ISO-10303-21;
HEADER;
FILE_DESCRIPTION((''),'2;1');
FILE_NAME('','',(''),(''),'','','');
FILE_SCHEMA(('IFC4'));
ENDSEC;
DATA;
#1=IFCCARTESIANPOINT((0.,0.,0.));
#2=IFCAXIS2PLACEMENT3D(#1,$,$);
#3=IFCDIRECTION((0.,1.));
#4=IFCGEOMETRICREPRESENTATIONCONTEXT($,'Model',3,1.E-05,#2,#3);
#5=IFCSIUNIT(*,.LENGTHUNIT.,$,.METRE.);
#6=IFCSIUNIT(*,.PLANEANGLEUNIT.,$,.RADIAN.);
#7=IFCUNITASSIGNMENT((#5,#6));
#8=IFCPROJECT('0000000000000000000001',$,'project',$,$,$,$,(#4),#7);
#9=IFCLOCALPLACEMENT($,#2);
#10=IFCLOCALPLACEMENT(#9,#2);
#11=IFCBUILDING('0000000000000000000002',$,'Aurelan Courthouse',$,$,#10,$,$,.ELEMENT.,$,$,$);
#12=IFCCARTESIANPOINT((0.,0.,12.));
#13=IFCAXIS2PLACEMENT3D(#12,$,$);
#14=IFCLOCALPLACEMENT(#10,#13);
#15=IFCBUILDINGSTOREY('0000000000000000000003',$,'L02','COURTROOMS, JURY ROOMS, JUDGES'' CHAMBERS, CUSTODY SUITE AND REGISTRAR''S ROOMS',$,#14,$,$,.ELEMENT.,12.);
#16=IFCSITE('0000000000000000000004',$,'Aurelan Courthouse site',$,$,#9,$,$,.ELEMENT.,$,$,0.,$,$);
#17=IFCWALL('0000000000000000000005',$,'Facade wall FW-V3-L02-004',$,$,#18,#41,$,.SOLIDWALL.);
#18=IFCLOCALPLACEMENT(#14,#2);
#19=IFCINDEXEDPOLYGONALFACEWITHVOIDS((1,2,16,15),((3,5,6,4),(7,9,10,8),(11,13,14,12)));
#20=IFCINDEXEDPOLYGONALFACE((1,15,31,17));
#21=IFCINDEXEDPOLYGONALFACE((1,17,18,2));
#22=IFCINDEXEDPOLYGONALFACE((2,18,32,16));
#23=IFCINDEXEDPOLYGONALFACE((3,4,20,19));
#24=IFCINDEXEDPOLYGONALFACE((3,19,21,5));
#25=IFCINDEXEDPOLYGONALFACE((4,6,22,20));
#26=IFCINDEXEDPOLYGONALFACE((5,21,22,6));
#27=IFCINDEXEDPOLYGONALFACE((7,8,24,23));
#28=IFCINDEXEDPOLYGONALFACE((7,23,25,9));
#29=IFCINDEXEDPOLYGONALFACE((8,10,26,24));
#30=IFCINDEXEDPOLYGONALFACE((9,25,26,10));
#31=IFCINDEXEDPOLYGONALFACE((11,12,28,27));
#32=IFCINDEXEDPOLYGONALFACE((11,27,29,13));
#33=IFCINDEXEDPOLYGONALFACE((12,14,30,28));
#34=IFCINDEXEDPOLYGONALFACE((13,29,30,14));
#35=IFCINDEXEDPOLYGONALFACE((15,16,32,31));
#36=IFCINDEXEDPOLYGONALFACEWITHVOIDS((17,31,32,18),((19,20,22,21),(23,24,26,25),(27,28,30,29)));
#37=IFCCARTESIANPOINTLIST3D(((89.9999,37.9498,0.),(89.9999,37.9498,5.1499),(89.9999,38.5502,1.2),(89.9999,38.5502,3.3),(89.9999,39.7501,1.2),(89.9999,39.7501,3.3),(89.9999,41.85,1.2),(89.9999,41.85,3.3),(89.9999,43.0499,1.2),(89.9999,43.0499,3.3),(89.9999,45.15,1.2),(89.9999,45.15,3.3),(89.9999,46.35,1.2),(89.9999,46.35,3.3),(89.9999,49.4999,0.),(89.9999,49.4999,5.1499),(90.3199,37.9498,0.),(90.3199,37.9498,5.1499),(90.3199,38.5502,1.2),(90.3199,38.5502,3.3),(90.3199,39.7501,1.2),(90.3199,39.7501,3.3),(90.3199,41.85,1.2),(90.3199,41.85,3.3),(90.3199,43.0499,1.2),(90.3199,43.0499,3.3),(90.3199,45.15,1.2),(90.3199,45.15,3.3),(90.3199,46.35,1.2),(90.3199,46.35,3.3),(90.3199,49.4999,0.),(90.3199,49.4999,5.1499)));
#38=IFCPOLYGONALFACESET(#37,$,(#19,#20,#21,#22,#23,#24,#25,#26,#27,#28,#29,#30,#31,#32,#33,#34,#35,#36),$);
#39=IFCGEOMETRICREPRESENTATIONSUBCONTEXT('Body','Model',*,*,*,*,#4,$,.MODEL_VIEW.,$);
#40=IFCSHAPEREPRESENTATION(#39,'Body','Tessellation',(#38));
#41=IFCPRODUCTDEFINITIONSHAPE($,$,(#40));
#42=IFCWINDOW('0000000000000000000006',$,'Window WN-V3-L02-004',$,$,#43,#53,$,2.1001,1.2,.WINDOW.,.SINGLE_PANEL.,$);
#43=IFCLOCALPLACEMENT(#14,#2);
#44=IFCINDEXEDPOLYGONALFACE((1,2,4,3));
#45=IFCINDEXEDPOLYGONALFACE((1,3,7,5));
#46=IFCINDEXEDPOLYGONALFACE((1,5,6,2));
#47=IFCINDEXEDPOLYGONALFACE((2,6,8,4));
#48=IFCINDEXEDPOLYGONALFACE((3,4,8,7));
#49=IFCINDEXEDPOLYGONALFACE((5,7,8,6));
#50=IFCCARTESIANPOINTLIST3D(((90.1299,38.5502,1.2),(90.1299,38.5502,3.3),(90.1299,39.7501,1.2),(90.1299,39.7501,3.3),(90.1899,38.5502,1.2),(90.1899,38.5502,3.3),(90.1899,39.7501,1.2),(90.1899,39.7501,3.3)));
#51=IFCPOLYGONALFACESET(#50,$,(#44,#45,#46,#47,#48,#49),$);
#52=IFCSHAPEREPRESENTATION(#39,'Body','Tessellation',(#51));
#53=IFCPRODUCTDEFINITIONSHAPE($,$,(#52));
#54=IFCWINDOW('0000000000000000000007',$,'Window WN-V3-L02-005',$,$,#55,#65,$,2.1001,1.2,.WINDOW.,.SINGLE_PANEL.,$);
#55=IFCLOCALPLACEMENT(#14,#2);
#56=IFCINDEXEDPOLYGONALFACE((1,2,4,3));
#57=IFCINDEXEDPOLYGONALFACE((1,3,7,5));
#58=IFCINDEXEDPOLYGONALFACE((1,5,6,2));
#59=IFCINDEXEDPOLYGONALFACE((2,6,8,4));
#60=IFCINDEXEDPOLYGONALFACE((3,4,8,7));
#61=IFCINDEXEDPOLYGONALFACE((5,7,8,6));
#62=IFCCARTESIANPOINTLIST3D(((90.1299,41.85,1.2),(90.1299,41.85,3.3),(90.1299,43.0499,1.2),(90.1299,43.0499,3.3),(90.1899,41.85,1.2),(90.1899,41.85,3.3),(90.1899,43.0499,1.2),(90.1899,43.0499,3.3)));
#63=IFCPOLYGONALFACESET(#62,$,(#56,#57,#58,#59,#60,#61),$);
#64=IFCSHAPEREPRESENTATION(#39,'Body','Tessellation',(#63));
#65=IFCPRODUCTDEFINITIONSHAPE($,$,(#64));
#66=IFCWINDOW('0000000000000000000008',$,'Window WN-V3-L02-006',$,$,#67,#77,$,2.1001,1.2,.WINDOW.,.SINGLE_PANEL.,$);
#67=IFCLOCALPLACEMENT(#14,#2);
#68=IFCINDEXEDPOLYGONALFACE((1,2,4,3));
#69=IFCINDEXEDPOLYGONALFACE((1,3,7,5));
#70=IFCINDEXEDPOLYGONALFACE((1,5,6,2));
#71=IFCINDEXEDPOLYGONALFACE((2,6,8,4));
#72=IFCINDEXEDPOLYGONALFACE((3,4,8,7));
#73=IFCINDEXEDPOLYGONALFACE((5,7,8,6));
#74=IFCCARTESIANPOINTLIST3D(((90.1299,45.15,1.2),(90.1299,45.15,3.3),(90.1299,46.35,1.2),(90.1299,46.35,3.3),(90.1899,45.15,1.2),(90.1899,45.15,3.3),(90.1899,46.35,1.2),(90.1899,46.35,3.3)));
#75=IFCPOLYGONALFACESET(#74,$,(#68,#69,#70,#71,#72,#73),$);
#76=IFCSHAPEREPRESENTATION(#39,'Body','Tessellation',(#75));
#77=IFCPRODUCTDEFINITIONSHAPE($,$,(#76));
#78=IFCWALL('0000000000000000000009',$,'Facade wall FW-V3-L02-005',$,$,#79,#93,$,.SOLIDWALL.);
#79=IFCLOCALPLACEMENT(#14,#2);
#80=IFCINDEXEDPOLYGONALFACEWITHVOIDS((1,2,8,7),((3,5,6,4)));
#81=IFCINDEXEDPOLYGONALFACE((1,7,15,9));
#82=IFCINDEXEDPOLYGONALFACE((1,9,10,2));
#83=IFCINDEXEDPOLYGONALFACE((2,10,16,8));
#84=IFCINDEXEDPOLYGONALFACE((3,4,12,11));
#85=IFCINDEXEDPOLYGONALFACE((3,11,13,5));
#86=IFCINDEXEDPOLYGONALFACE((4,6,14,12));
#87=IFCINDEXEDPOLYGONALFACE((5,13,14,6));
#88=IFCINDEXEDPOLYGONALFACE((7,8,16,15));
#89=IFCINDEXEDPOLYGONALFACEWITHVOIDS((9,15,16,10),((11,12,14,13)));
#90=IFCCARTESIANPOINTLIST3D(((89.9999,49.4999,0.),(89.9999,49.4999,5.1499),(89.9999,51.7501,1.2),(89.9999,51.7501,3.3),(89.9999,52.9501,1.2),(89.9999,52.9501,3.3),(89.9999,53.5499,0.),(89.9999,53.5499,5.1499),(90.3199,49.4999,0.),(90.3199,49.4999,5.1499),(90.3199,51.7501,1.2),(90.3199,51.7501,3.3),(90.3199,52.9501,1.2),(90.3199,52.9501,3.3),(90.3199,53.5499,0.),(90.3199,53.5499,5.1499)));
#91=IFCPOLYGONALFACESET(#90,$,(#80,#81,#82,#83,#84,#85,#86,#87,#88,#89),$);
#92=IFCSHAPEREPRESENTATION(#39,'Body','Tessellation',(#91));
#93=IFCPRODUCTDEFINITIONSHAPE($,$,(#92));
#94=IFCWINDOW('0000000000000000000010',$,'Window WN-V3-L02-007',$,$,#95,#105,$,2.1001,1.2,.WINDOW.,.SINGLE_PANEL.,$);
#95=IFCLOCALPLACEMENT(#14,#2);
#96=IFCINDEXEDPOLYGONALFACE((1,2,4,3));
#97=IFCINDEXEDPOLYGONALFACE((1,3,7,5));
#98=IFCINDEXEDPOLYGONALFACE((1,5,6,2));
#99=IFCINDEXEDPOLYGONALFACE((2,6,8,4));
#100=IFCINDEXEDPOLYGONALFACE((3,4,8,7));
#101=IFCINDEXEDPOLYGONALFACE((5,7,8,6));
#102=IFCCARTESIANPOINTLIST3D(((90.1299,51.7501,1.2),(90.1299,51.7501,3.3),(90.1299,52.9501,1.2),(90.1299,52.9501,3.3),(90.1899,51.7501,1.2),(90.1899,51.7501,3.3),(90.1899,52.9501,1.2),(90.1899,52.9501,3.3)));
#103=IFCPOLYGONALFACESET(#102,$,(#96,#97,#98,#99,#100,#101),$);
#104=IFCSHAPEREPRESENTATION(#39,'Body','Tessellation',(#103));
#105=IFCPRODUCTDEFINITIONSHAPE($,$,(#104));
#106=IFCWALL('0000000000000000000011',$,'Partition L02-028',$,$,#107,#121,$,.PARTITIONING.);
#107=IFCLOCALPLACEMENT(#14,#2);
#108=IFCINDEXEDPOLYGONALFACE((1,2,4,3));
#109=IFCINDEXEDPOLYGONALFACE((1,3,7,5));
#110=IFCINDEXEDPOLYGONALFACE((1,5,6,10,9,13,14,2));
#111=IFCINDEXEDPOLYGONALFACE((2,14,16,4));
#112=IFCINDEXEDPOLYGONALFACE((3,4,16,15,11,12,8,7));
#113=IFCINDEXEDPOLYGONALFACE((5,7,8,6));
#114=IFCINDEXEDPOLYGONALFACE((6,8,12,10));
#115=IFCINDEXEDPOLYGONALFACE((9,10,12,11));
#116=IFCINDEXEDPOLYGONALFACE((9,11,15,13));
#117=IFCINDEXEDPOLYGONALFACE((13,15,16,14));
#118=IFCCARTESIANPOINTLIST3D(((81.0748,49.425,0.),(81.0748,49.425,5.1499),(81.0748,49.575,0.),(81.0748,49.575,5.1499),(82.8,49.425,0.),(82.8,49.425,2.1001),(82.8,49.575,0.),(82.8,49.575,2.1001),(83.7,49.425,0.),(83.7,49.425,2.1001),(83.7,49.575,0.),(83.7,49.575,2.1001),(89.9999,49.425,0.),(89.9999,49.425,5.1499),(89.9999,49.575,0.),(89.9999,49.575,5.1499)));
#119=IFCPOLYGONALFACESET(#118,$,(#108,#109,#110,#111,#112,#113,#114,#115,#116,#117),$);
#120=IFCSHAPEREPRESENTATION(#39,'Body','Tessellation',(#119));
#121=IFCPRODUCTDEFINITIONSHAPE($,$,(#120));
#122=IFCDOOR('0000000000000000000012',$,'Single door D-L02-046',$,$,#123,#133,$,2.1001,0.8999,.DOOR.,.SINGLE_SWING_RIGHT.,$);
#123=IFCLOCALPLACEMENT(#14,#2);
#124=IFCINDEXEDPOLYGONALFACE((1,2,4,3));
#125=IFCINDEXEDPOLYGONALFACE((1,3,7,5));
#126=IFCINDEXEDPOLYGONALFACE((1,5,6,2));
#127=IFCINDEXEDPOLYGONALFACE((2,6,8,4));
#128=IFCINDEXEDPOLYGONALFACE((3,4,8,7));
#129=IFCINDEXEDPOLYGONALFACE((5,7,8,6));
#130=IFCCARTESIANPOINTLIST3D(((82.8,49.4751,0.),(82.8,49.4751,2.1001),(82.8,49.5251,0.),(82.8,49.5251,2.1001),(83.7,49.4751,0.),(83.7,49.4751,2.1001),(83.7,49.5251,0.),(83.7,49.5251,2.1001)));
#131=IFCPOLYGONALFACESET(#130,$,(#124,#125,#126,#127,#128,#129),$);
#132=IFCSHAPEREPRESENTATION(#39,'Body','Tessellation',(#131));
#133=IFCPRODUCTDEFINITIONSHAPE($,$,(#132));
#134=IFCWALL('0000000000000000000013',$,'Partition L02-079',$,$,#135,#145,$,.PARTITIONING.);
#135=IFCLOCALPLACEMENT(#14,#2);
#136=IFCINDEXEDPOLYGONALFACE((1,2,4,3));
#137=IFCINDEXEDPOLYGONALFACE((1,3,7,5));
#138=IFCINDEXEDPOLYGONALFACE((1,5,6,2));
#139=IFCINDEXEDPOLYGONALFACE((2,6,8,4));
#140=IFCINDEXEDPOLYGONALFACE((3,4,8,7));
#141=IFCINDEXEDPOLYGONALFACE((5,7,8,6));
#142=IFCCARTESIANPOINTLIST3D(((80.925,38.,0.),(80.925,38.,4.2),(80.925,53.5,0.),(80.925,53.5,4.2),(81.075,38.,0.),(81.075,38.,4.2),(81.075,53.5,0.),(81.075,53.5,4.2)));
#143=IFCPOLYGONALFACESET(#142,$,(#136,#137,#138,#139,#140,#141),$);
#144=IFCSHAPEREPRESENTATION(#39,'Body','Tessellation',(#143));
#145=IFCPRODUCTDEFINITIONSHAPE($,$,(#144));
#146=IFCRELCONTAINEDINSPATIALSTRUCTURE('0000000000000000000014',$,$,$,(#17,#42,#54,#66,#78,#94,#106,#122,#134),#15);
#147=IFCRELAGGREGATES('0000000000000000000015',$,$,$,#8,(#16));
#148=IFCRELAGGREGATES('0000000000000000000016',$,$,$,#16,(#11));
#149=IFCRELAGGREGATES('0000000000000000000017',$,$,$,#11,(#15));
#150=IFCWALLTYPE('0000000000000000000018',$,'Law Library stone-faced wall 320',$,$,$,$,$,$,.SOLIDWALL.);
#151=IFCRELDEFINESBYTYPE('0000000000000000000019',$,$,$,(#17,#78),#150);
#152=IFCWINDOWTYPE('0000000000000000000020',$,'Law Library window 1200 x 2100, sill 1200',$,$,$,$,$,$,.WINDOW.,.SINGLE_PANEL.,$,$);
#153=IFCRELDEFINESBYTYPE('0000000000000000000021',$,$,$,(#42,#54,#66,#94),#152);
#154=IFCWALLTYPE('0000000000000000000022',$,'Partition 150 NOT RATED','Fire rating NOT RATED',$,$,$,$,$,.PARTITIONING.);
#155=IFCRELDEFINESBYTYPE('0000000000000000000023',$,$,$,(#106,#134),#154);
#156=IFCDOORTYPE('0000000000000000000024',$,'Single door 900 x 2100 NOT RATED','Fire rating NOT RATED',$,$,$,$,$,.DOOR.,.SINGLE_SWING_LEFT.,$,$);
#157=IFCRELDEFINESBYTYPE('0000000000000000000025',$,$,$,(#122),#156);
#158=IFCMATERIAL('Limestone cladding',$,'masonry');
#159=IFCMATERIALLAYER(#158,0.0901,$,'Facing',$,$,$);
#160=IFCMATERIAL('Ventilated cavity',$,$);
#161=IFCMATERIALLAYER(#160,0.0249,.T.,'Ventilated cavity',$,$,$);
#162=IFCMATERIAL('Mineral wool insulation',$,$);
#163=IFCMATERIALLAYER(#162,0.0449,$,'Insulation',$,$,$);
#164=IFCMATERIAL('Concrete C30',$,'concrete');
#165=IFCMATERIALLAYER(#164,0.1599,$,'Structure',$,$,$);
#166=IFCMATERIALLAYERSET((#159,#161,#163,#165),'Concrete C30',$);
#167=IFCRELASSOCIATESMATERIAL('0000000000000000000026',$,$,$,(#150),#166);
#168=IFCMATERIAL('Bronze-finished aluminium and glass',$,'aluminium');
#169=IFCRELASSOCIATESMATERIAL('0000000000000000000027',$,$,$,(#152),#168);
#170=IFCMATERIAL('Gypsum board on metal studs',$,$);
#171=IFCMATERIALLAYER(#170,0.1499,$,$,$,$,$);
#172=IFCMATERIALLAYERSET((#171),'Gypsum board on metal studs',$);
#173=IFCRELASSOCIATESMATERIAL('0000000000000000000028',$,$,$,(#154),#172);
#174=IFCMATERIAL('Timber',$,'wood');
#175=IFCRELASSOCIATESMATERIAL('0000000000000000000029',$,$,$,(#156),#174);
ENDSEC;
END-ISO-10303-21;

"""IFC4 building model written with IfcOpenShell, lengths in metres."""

from ifc_helpers import new_model, si_unit, direction, frame, frame_2d, origin, place, context, subcontext, project, spatial, rectangle, extrude, material, layer, layer_set, type_object, element, fill, save


model = new_model("IFC4")

# Units and contexts
model_context = context("Model", 3, precision=1e-05, world=origin(), true_north=direction((0.0, 1.0)))
body_context = subcontext(model_context, "Body", "Model", "MODEL_VIEW")
ifc_project = project(units=[si_unit("LENGTHUNIT", "METRE"), si_unit("PLANEANGLEUNIT", "RADIAN")], contexts=[model_context])

# Site, building, storey
site_placement = place(None, origin())
site = spatial("IfcSite", under=ifc_project, at=site_placement, Name="Aurelan Courthouse site", CompositionType="ELEMENT", RefElevation=0.0)
building_placement = place(site_placement, origin())
building = spatial("IfcBuilding", under=site, at=building_placement, Name="Aurelan Courthouse", CompositionType="ELEMENT")
storey_placement = place(building_placement, frame((0.0, 0.0, 12.0)))
storey = spatial("IfcBuildingStorey", under=building, at=storey_placement, Name="L02", Description="COURTROOMS, JURY ROOMS, JUDGES' CHAMBERS, CUSTODY SUITE AND REGISTRAR'S ROOMS", CompositionType="ELEMENT", Elevation=12.0)

# Shared definitions
ifc_material_1 = material(Name="Bronze-finished aluminium and glass", Category="aluminium")

# Shared definitions
ifc_material_2 = material(Name="Gypsum board on metal studs")

# Wall, openings, windows
ifc_material_3 = material(Name="Limestone cladding", Category="masonry")
ifc_layer_1 = layer(ifc_material_3, 0.0901, Name="Facing")
ifc_material_4 = material(Name="Ventilated cavity")
ifc_layer_2 = layer(ifc_material_4, 0.0249, ventilated=True, Name="Ventilated cavity")
ifc_material_5 = material(Name="Mineral wool insulation")
ifc_layer_3 = layer(ifc_material_5, 0.0449, Name="Insulation")
ifc_material_6 = material(Name="Concrete C30", Category="concrete")
ifc_layer_4 = layer(ifc_material_6, 0.1599, Name="Structure")
ifc_layer_set_1 = layer_set([ifc_layer_1, ifc_layer_2, ifc_layer_3, ifc_layer_4], Name="Concrete C30")
wall_type_1 = type_object("IfcWallType", Name="Law Library stone-faced wall 320", PredefinedType="SOLIDWALL", material=ifc_layer_set_1)
wall_1_placement = place(storey_placement, frame((90.1599, 37.95, 0.0), z_axis=(0.0, 0.0, 1.0), x_axis=(0.0, 1.0, 0.0)))
wall_1 = element("IfcWall", 1, at=wall_1_placement, inside=storey, type_object=wall_type_1, Name="Facade wall FW-V3-L02-004", PredefinedType="SOLIDWALL", context=body_context, shape_type="SweptSolid", body=[
    extrude(rectangle(XDim=11.55, YDim=0.3201, at=frame_2d((5.7749, 0.0))), origin(), (0.0, 0.0, 1.0), 5.1499),
])
opening_1_placement = place(wall_1_placement, frame((0.6001, 0.0, 1.2)))
opening_1 = element("IfcOpeningElement", 2, at=opening_1_placement, cuts=wall_1, PredefinedType="OPENING", context=body_context, shape_type="SweptSolid", body=[
    extrude(rectangle(XDim=1.2, YDim=2.1001, at=frame_2d((0.6001, 1.05))), frame((0.0, 0.1699, 0.0), z_axis=(0.0, -1.0, 0.0), x_axis=(1.0, 0.0, 0.0)), (0.0, 0.0, 1.0), 0.3401),
])
opening_2_placement = place(wall_1_placement, frame((3.8999, 0.0, 1.2)))
opening_2 = element("IfcOpeningElement", 3, at=opening_2_placement, cuts=wall_1, PredefinedType="OPENING", context=body_context, shape_type="SweptSolid", body=[
    extrude(rectangle(XDim=1.2, YDim=2.1001, at=frame_2d((0.6001, 1.05))), frame((0.0, 0.1699, 0.0), z_axis=(0.0, -1.0, 0.0), x_axis=(1.0, 0.0, 0.0)), (0.0, 0.0, 1.0), 0.3401),
])
opening_3_placement = place(wall_1_placement, frame((7.2, 0.0, 1.2)))
opening_3 = element("IfcOpeningElement", 4, at=opening_3_placement, cuts=wall_1, PredefinedType="OPENING", context=body_context, shape_type="SweptSolid", body=[
    extrude(rectangle(XDim=1.2, YDim=2.1001, at=frame_2d((0.6001, 1.05))), frame((0.0, 0.1699, 0.0), z_axis=(0.0, -1.0, 0.0), x_axis=(1.0, 0.0, 0.0)), (0.0, 0.0, 1.0), 0.3401),
])
window_type = type_object("IfcWindowType", Name="Law Library window 1200 x 2100, sill 1200", PartitioningType="SINGLE_PANEL", PredefinedType="WINDOW", material=ifc_material_1)
window_1_placement = place(opening_1_placement, origin())
window_1 = element("IfcWindow", 5, at=window_1_placement, inside=storey, type_object=window_type, Name="Window WN-V3-L02-004", OverallHeight=2.1001, OverallWidth=1.2, PartitioningType="SINGLE_PANEL", PredefinedType="WINDOW", context=body_context, shape_type="SweptSolid", body=[
    extrude(rectangle(XDim=1.2, YDim=2.1001, at=frame_2d((0.6001, 1.05))), frame((0.0, 0.03, 0.0), z_axis=(0.0, -1.0, 0.0), x_axis=(1.0, 0.0, 0.0)), (0.0, 0.0, 1.0), 0.0601),
])
fill(opening_1, window_1)
window_2_placement = place(opening_2_placement, origin())
window_2 = element("IfcWindow", 6, at=window_2_placement, inside=storey, type_object=window_type, Name="Window WN-V3-L02-005", OverallHeight=2.1001, OverallWidth=1.2, PartitioningType="SINGLE_PANEL", PredefinedType="WINDOW", context=body_context, shape_type="SweptSolid", body=[
    extrude(rectangle(XDim=1.2, YDim=2.1001, at=frame_2d((0.6001, 1.05))), frame((0.0, 0.03, 0.0), z_axis=(0.0, -1.0, 0.0), x_axis=(1.0, 0.0, 0.0)), (0.0, 0.0, 1.0), 0.0601),
])
fill(opening_2, window_2)
window_3_placement = place(opening_3_placement, origin())
window_3 = element("IfcWindow", 7, at=window_3_placement, inside=storey, type_object=window_type, Name="Window WN-V3-L02-006", OverallHeight=2.1001, OverallWidth=1.2, PartitioningType="SINGLE_PANEL", PredefinedType="WINDOW", context=body_context, shape_type="SweptSolid", body=[
    extrude(rectangle(XDim=1.2, YDim=2.1001, at=frame_2d((0.6001, 1.05))), frame((0.0, 0.03, 0.0), z_axis=(0.0, -1.0, 0.0), x_axis=(1.0, 0.0, 0.0)), (0.0, 0.0, 1.0), 0.0601),
])
fill(opening_3, window_3)

# Wall, opening, window
wall_2_placement = place(storey_placement, frame((90.1599, 49.5, 0.0), z_axis=(0.0, 0.0, 1.0), x_axis=(0.0, 1.0, 0.0)))
wall_2 = element("IfcWall", 8, at=wall_2_placement, inside=storey, type_object=wall_type_1, Name="Facade wall FW-V3-L02-005", PredefinedType="SOLIDWALL", context=body_context, shape_type="SweptSolid", body=[
    extrude(rectangle(XDim=4.05, YDim=0.3201, at=frame_2d((2.0249, 0.0))), origin(), (0.0, 0.0, 1.0), 5.1499),
])
opening_4_placement = place(wall_2_placement, frame((2.25, 0.0, 1.2)))
opening_4 = element("IfcOpeningElement", 9, at=opening_4_placement, cuts=wall_2, PredefinedType="OPENING", context=body_context, shape_type="SweptSolid", body=[
    extrude(rectangle(XDim=1.2, YDim=2.1001, at=frame_2d((0.6001, 1.05))), frame((0.0, 0.1699, 0.0), z_axis=(0.0, -1.0, 0.0), x_axis=(1.0, 0.0, 0.0)), (0.0, 0.0, 1.0), 0.3401),
])
window_4_placement = place(opening_4_placement, origin())
window_4 = element("IfcWindow", 10, at=window_4_placement, inside=storey, type_object=window_type, Name="Window WN-V3-L02-007", OverallHeight=2.1001, OverallWidth=1.2, PartitioningType="SINGLE_PANEL", PredefinedType="WINDOW", context=body_context, shape_type="SweptSolid", body=[
    extrude(rectangle(XDim=1.2, YDim=2.1001, at=frame_2d((0.6001, 1.05))), frame((0.0, 0.03, 0.0), z_axis=(0.0, -1.0, 0.0), x_axis=(1.0, 0.0, 0.0)), (0.0, 0.0, 1.0), 0.0601),
])
fill(opening_4, window_4)

# Wall, opening, door
ifc_layer_5 = layer(ifc_material_2, 0.1499)
ifc_layer_set_2 = layer_set([ifc_layer_5], Name="Gypsum board on metal studs")
wall_type_2 = type_object("IfcWallType", Name="Partition 150 NOT RATED", Description="Fire rating NOT RATED", PredefinedType="PARTITIONING", material=ifc_layer_set_2)
wall_3_placement = place(storey_placement, frame((81.075, 49.5, 0.0), z_axis=(0.0, 0.0, 1.0), x_axis=(1.0, 0.0, 0.0)))
wall_3 = element("IfcWall", 11, at=wall_3_placement, inside=storey, type_object=wall_type_2, Name="Partition L02-028", PredefinedType="PARTITIONING", context=body_context, shape_type="SweptSolid", body=[
    extrude(rectangle(XDim=8.925, YDim=0.1499, at=frame_2d((4.4624, 0.0))), origin(), (0.0, 0.0, 1.0), 5.1499),
])
opening_5_placement = place(wall_3_placement, frame((2.625, 0.0, 0.0), z_axis=(0.0, 0.0, 1.0), x_axis=(-1.0, 0.0, 0.0)))
opening_5 = element("IfcOpeningElement", 12, at=opening_5_placement, cuts=wall_3, PredefinedType="OPENING", context=body_context, shape_type="SweptSolid", body=[
    extrude(rectangle(XDim=0.8999, YDim=2.1001, at=frame_2d((0.45, 1.05))), frame((0.0, 0.085, 0.0), z_axis=(0.0, -1.0, 0.0), x_axis=(1.0, 0.0, 0.0)), (0.0, 0.0, 1.0), 0.1699),
])
ifc_material_7 = material(Name="Timber", Category="wood")
door_type_1 = type_object("IfcDoorType", Name="Single door 900 x 2100 NOT RATED", Description="Fire rating NOT RATED", OperationType="SINGLE_SWING_LEFT", PredefinedType="DOOR", material=ifc_material_7)
door_1_placement = place(opening_5_placement, origin())
door_1 = element("IfcDoor", 13, at=door_1_placement, inside=storey, type_object=door_type_1, Name="Single door D-L02-046", OperationType="SINGLE_SWING_RIGHT", OverallHeight=2.1001, OverallWidth=0.8999, PredefinedType="DOOR", context=body_context, shape_type="SweptSolid", body=[
    extrude(rectangle(XDim=0.8999, YDim=2.1001, at=frame_2d((0.45, 1.05))), frame((0.0, 0.0249, 0.0), z_axis=(0.0, -1.0, 0.0), x_axis=(1.0, 0.0, 0.0)), (0.0, 0.0, 1.0), 0.05),
])
fill(opening_5, door_1)

# Wall
wall_4_placement = place(storey_placement, frame((81.0, 38.0, 0.0), z_axis=(0.0, 0.0, 1.0), x_axis=(0.0, 1.0, 0.0)))
element("IfcWall", 14, at=wall_4_placement, inside=storey, type_object=wall_type_2, Name="Partition L02-079", PredefinedType="PARTITIONING", context=body_context, shape_type="SweptSolid", body=[
    extrude(rectangle(XDim=15.5, YDim=0.1499, at=frame_2d((7.75, 0.0))), origin(), (0.0, 0.0, 1.0), 4.2),
])

save(model, "model.ifc")
